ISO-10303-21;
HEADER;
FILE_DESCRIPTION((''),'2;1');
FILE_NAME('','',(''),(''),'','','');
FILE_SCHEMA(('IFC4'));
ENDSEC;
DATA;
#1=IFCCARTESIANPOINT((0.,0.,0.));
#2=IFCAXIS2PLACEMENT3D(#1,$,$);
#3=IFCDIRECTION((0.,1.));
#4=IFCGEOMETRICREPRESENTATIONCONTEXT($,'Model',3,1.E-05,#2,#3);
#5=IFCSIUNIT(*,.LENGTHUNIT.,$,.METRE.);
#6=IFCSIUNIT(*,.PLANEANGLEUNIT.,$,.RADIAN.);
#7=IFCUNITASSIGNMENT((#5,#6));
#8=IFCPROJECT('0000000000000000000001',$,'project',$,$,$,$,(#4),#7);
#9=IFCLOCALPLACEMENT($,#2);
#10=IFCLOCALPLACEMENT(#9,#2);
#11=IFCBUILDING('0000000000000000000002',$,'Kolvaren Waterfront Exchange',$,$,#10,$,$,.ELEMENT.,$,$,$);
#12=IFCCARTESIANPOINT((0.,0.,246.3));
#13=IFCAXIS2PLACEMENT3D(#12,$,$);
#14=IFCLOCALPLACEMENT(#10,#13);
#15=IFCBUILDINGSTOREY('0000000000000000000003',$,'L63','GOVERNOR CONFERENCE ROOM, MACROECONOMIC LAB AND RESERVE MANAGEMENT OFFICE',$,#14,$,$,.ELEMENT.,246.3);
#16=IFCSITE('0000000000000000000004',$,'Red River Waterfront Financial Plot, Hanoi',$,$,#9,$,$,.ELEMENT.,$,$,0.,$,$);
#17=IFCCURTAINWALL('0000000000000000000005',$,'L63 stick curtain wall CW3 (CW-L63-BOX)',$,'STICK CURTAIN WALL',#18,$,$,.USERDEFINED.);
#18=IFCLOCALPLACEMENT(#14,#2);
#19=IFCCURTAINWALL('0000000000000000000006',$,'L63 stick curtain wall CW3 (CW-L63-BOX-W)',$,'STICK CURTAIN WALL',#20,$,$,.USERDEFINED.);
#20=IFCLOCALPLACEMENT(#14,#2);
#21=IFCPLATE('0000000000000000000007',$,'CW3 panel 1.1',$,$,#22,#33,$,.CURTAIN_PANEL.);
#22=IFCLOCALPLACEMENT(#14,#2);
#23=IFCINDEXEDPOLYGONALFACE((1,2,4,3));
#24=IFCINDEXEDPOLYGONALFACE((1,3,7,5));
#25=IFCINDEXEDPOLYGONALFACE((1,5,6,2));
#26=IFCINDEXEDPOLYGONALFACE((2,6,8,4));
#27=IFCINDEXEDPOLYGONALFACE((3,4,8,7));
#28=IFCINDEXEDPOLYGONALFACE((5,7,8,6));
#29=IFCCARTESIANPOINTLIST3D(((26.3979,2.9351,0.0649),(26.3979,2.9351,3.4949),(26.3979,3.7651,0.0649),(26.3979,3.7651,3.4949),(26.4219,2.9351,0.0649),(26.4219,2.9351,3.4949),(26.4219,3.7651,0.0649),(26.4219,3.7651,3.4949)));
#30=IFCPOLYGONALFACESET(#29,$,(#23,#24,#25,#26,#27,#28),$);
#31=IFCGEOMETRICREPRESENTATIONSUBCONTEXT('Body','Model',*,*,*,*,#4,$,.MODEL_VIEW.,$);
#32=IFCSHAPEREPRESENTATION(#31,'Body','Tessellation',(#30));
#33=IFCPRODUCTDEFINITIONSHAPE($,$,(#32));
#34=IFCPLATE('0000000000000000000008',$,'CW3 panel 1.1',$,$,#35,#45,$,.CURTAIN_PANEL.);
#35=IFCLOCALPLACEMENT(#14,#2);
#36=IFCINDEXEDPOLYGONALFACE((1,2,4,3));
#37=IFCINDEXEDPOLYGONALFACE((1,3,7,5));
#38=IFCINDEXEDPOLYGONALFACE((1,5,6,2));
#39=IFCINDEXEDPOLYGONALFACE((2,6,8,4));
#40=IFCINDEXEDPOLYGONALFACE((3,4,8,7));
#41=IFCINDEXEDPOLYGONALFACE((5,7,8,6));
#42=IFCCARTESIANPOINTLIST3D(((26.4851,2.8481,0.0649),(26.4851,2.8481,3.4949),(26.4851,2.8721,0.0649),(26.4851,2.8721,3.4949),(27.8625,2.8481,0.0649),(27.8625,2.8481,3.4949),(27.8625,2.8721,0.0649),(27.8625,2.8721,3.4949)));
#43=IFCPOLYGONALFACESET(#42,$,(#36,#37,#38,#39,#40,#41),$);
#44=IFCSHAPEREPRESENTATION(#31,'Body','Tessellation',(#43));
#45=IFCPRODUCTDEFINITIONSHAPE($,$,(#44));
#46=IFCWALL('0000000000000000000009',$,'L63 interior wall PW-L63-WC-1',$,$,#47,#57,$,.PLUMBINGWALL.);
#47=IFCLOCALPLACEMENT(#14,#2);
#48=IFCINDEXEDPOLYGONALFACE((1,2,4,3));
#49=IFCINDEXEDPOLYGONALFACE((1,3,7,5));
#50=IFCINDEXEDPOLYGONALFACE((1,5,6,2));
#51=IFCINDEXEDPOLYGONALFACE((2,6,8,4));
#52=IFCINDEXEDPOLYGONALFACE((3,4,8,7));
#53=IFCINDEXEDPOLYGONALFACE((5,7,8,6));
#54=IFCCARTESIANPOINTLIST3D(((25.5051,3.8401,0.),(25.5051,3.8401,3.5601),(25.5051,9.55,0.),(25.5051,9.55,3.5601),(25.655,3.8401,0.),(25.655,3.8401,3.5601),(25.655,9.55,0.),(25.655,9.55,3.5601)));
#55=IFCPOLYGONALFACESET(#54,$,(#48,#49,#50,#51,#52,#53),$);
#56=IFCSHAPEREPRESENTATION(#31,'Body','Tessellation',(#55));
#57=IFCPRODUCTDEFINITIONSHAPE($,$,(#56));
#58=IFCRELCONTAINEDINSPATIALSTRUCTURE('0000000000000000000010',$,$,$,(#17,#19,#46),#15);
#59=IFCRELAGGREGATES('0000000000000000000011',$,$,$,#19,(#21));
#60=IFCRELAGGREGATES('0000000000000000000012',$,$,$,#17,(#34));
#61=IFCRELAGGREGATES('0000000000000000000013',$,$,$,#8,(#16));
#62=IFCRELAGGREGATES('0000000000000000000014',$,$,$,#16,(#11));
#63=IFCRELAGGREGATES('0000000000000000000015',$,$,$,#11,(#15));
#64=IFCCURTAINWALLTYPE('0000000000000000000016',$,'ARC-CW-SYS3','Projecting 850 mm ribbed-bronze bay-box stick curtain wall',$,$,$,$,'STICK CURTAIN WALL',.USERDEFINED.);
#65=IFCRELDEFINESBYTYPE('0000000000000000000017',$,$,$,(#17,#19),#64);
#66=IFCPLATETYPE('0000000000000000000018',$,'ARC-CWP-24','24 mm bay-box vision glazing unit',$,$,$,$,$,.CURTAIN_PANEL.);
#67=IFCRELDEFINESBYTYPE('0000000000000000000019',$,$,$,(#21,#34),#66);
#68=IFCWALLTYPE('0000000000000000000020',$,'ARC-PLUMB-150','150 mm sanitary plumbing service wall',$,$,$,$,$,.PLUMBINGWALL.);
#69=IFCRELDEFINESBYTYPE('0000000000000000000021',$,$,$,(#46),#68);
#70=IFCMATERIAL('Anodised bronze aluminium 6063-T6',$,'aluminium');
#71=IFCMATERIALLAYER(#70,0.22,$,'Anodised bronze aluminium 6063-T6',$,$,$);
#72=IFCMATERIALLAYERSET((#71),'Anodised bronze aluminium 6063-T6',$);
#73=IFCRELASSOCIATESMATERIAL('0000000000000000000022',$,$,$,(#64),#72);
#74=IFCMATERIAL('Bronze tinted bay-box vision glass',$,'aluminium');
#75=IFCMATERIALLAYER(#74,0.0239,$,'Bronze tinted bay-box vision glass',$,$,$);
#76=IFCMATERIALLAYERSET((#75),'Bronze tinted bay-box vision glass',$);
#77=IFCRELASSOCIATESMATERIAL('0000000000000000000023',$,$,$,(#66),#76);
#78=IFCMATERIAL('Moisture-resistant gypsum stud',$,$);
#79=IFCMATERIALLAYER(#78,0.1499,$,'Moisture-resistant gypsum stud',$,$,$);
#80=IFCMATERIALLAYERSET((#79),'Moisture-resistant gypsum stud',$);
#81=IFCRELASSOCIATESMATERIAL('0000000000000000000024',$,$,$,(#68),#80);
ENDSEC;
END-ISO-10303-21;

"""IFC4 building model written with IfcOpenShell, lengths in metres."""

from ifc_helpers import new_model, si_unit, direction, frame, frame_2d, origin, origin_with_axes, origin_2d, place, context, subcontext, project, spatial, rectangle, extrude, source, transform, mapped, material, layer, layer_set, type_object, element, aggregate, save


model = new_model("IFC4")

# Units and contexts
model_context = context("Model", 3, precision=1e-05, world=origin(), true_north=direction((0.0, 1.0)))
body_context = subcontext(model_context, "Body", "Model", "MODEL_VIEW")
ifc_project = project(units=[si_unit("LENGTHUNIT", "METRE"), si_unit("PLANEANGLEUNIT", "RADIAN")], contexts=[model_context])

# Site, building, storey
site_placement = place(None, origin())
site = spatial("IfcSite", under=ifc_project, at=site_placement, Name="Red River Waterfront Financial Plot, Hanoi", CompositionType="ELEMENT", RefElevation=0.0)
building_placement = place(site_placement, origin())
building = spatial("IfcBuilding", under=site, at=building_placement, Name="Kolvaren Waterfront Exchange", CompositionType="ELEMENT")
storey_placement = place(building_placement, frame((0.0, 0.0, 246.3)))
storey = spatial("IfcBuildingStorey", under=building, at=storey_placement, Name="L63", Description="GOVERNOR CONFERENCE ROOM, MACROECONOMIC LAB AND RESERVE MANAGEMENT OFFICE", CompositionType="ELEMENT", Elevation=246.3)

# Curtain walls
ifc_material_1 = material(Name="Anodised bronze aluminium 6063-T6", Category="aluminium")
ifc_layer_1 = layer(ifc_material_1, 0.22, Name="Anodised bronze aluminium 6063-T6")
ifc_layer_set_1 = layer_set([ifc_layer_1], Name="Anodised bronze aluminium 6063-T6")
curtain_wall_type_1 = type_object("IfcCurtainWallType", Name="ARC-CW-SYS3", Description="Projecting 850 mm ribbed-bronze bay-box stick curtain wall", ElementType="STICK CURTAIN WALL", PredefinedType="USERDEFINED", material=ifc_layer_set_1)
curtain_wall_1_placement = place(storey_placement, origin())
curtain_wall_1 = element("IfcCurtainWall", 1, at=curtain_wall_1_placement, inside=storey, type_object=curtain_wall_type_1, Name="L63 stick curtain wall CW3 (CW-L63-BOX)", ObjectType="STICK CURTAIN WALL", PredefinedType="USERDEFINED")
curtain_wall_2_placement = place(storey_placement, origin())
curtain_wall_2 = element("IfcCurtainWall", 2, at=curtain_wall_2_placement, inside=storey, type_object=curtain_wall_type_1, Name="L63 stick curtain wall CW3 (CW-L63-BOX-W)", ObjectType="STICK CURTAIN WALL", PredefinedType="USERDEFINED")

# Plates
ifc_material_2 = material(Name="Bronze tinted bay-box vision glass", Category="aluminium")
ifc_layer_2 = layer(ifc_material_2, 0.0239, Name="Bronze tinted bay-box vision glass")
ifc_layer_set_2 = layer_set([ifc_layer_2], Name="Bronze tinted bay-box vision glass")
plate_type = type_object("IfcPlateType", Name="ARC-CWP-24", Description="24 mm bay-box vision glazing unit", PredefinedType="CURTAIN_PANEL", material=ifc_layer_set_2)
shared_shape_1 = source(origin_with_axes(), body_context, "Body", "SweptSolid", [
    extrude(rectangle(XDim=0.8301, YDim=0.0239, at=origin_2d()), origin(), (0.0, 0.0, 1.0), 3.4299),
])
plate_1_placement = place(storey_placement, frame((26.4099, 3.3501, 0.0649), z_axis=(0.0, 0.0, 1.0), x_axis=(0.0, -1.0, 0.0)))
plate_1 = element("IfcPlate", 3, at=plate_1_placement, type_object=plate_type, Name="CW3 panel 1.1", PredefinedType="CURTAIN_PANEL", context=body_context, shape_type="MappedRepresentation", body=[
    mapped(shared_shape_1, transform((0.0, 0.0, 0.0), x_axis=(1.0, 0.0, 0.0), y_axis=(0.0, 1.0, 0.0), z_axis=(0.0, 0.0, 1.0), scale=1.0)),
])
aggregate(curtain_wall_2, [plate_1])
shared_shape_2 = source(origin_with_axes(), body_context, "Body", "SweptSolid", [
    extrude(rectangle(XDim=1.3774, YDim=0.0239, at=origin_2d()), origin(), (0.0, 0.0, 1.0), 3.4299),
])
plate_2_placement = place(storey_placement, frame((27.1738, 2.8601, 0.0649), z_axis=(0.0, 0.0, 1.0), x_axis=(1.0, 0.0, 0.0)))
plate_2 = element("IfcPlate", 4, at=plate_2_placement, type_object=plate_type, Name="CW3 panel 1.1", PredefinedType="CURTAIN_PANEL", context=body_context, shape_type="MappedRepresentation", body=[
    mapped(shared_shape_2, transform((0.0, 0.0, 0.0), x_axis=(1.0, 0.0, 0.0), y_axis=(0.0, 1.0, 0.0), z_axis=(0.0, 0.0, 1.0), scale=1.0)),
])
aggregate(curtain_wall_1, [plate_2])

# Shared definitions
ifc_material_3 = material(Name="Moisture-resistant gypsum stud")
ifc_layer_3 = layer(ifc_material_3, 0.1499, Name="Moisture-resistant gypsum stud")
ifc_layer_set_3 = layer_set([ifc_layer_3], Name="Moisture-resistant gypsum stud")
wall_type = type_object("IfcWallType", Name="ARC-PLUMB-150", Description="150 mm sanitary plumbing service wall", PredefinedType="PLUMBINGWALL", material=ifc_layer_set_3)

# Wall
wall_1_placement = place(storey_placement, frame((25.5801, 3.8401, 0.0), z_axis=(0.0, 0.0, 1.0), x_axis=(0.0, 1.0, 0.0)))
element("IfcWall", 5, at=wall_1_placement, inside=storey, type_object=wall_type, Name="L63 interior wall PW-L63-WC-1", PredefinedType="PLUMBINGWALL", context=body_context, shape_type="SweptSolid", body=[
    extrude(rectangle(XDim=5.71, YDim=0.1499, at=frame_2d((2.855, 0.0))), origin(), (0.0, 0.0, 1.0), 3.5601),
])

save(model, "model.ifc")
